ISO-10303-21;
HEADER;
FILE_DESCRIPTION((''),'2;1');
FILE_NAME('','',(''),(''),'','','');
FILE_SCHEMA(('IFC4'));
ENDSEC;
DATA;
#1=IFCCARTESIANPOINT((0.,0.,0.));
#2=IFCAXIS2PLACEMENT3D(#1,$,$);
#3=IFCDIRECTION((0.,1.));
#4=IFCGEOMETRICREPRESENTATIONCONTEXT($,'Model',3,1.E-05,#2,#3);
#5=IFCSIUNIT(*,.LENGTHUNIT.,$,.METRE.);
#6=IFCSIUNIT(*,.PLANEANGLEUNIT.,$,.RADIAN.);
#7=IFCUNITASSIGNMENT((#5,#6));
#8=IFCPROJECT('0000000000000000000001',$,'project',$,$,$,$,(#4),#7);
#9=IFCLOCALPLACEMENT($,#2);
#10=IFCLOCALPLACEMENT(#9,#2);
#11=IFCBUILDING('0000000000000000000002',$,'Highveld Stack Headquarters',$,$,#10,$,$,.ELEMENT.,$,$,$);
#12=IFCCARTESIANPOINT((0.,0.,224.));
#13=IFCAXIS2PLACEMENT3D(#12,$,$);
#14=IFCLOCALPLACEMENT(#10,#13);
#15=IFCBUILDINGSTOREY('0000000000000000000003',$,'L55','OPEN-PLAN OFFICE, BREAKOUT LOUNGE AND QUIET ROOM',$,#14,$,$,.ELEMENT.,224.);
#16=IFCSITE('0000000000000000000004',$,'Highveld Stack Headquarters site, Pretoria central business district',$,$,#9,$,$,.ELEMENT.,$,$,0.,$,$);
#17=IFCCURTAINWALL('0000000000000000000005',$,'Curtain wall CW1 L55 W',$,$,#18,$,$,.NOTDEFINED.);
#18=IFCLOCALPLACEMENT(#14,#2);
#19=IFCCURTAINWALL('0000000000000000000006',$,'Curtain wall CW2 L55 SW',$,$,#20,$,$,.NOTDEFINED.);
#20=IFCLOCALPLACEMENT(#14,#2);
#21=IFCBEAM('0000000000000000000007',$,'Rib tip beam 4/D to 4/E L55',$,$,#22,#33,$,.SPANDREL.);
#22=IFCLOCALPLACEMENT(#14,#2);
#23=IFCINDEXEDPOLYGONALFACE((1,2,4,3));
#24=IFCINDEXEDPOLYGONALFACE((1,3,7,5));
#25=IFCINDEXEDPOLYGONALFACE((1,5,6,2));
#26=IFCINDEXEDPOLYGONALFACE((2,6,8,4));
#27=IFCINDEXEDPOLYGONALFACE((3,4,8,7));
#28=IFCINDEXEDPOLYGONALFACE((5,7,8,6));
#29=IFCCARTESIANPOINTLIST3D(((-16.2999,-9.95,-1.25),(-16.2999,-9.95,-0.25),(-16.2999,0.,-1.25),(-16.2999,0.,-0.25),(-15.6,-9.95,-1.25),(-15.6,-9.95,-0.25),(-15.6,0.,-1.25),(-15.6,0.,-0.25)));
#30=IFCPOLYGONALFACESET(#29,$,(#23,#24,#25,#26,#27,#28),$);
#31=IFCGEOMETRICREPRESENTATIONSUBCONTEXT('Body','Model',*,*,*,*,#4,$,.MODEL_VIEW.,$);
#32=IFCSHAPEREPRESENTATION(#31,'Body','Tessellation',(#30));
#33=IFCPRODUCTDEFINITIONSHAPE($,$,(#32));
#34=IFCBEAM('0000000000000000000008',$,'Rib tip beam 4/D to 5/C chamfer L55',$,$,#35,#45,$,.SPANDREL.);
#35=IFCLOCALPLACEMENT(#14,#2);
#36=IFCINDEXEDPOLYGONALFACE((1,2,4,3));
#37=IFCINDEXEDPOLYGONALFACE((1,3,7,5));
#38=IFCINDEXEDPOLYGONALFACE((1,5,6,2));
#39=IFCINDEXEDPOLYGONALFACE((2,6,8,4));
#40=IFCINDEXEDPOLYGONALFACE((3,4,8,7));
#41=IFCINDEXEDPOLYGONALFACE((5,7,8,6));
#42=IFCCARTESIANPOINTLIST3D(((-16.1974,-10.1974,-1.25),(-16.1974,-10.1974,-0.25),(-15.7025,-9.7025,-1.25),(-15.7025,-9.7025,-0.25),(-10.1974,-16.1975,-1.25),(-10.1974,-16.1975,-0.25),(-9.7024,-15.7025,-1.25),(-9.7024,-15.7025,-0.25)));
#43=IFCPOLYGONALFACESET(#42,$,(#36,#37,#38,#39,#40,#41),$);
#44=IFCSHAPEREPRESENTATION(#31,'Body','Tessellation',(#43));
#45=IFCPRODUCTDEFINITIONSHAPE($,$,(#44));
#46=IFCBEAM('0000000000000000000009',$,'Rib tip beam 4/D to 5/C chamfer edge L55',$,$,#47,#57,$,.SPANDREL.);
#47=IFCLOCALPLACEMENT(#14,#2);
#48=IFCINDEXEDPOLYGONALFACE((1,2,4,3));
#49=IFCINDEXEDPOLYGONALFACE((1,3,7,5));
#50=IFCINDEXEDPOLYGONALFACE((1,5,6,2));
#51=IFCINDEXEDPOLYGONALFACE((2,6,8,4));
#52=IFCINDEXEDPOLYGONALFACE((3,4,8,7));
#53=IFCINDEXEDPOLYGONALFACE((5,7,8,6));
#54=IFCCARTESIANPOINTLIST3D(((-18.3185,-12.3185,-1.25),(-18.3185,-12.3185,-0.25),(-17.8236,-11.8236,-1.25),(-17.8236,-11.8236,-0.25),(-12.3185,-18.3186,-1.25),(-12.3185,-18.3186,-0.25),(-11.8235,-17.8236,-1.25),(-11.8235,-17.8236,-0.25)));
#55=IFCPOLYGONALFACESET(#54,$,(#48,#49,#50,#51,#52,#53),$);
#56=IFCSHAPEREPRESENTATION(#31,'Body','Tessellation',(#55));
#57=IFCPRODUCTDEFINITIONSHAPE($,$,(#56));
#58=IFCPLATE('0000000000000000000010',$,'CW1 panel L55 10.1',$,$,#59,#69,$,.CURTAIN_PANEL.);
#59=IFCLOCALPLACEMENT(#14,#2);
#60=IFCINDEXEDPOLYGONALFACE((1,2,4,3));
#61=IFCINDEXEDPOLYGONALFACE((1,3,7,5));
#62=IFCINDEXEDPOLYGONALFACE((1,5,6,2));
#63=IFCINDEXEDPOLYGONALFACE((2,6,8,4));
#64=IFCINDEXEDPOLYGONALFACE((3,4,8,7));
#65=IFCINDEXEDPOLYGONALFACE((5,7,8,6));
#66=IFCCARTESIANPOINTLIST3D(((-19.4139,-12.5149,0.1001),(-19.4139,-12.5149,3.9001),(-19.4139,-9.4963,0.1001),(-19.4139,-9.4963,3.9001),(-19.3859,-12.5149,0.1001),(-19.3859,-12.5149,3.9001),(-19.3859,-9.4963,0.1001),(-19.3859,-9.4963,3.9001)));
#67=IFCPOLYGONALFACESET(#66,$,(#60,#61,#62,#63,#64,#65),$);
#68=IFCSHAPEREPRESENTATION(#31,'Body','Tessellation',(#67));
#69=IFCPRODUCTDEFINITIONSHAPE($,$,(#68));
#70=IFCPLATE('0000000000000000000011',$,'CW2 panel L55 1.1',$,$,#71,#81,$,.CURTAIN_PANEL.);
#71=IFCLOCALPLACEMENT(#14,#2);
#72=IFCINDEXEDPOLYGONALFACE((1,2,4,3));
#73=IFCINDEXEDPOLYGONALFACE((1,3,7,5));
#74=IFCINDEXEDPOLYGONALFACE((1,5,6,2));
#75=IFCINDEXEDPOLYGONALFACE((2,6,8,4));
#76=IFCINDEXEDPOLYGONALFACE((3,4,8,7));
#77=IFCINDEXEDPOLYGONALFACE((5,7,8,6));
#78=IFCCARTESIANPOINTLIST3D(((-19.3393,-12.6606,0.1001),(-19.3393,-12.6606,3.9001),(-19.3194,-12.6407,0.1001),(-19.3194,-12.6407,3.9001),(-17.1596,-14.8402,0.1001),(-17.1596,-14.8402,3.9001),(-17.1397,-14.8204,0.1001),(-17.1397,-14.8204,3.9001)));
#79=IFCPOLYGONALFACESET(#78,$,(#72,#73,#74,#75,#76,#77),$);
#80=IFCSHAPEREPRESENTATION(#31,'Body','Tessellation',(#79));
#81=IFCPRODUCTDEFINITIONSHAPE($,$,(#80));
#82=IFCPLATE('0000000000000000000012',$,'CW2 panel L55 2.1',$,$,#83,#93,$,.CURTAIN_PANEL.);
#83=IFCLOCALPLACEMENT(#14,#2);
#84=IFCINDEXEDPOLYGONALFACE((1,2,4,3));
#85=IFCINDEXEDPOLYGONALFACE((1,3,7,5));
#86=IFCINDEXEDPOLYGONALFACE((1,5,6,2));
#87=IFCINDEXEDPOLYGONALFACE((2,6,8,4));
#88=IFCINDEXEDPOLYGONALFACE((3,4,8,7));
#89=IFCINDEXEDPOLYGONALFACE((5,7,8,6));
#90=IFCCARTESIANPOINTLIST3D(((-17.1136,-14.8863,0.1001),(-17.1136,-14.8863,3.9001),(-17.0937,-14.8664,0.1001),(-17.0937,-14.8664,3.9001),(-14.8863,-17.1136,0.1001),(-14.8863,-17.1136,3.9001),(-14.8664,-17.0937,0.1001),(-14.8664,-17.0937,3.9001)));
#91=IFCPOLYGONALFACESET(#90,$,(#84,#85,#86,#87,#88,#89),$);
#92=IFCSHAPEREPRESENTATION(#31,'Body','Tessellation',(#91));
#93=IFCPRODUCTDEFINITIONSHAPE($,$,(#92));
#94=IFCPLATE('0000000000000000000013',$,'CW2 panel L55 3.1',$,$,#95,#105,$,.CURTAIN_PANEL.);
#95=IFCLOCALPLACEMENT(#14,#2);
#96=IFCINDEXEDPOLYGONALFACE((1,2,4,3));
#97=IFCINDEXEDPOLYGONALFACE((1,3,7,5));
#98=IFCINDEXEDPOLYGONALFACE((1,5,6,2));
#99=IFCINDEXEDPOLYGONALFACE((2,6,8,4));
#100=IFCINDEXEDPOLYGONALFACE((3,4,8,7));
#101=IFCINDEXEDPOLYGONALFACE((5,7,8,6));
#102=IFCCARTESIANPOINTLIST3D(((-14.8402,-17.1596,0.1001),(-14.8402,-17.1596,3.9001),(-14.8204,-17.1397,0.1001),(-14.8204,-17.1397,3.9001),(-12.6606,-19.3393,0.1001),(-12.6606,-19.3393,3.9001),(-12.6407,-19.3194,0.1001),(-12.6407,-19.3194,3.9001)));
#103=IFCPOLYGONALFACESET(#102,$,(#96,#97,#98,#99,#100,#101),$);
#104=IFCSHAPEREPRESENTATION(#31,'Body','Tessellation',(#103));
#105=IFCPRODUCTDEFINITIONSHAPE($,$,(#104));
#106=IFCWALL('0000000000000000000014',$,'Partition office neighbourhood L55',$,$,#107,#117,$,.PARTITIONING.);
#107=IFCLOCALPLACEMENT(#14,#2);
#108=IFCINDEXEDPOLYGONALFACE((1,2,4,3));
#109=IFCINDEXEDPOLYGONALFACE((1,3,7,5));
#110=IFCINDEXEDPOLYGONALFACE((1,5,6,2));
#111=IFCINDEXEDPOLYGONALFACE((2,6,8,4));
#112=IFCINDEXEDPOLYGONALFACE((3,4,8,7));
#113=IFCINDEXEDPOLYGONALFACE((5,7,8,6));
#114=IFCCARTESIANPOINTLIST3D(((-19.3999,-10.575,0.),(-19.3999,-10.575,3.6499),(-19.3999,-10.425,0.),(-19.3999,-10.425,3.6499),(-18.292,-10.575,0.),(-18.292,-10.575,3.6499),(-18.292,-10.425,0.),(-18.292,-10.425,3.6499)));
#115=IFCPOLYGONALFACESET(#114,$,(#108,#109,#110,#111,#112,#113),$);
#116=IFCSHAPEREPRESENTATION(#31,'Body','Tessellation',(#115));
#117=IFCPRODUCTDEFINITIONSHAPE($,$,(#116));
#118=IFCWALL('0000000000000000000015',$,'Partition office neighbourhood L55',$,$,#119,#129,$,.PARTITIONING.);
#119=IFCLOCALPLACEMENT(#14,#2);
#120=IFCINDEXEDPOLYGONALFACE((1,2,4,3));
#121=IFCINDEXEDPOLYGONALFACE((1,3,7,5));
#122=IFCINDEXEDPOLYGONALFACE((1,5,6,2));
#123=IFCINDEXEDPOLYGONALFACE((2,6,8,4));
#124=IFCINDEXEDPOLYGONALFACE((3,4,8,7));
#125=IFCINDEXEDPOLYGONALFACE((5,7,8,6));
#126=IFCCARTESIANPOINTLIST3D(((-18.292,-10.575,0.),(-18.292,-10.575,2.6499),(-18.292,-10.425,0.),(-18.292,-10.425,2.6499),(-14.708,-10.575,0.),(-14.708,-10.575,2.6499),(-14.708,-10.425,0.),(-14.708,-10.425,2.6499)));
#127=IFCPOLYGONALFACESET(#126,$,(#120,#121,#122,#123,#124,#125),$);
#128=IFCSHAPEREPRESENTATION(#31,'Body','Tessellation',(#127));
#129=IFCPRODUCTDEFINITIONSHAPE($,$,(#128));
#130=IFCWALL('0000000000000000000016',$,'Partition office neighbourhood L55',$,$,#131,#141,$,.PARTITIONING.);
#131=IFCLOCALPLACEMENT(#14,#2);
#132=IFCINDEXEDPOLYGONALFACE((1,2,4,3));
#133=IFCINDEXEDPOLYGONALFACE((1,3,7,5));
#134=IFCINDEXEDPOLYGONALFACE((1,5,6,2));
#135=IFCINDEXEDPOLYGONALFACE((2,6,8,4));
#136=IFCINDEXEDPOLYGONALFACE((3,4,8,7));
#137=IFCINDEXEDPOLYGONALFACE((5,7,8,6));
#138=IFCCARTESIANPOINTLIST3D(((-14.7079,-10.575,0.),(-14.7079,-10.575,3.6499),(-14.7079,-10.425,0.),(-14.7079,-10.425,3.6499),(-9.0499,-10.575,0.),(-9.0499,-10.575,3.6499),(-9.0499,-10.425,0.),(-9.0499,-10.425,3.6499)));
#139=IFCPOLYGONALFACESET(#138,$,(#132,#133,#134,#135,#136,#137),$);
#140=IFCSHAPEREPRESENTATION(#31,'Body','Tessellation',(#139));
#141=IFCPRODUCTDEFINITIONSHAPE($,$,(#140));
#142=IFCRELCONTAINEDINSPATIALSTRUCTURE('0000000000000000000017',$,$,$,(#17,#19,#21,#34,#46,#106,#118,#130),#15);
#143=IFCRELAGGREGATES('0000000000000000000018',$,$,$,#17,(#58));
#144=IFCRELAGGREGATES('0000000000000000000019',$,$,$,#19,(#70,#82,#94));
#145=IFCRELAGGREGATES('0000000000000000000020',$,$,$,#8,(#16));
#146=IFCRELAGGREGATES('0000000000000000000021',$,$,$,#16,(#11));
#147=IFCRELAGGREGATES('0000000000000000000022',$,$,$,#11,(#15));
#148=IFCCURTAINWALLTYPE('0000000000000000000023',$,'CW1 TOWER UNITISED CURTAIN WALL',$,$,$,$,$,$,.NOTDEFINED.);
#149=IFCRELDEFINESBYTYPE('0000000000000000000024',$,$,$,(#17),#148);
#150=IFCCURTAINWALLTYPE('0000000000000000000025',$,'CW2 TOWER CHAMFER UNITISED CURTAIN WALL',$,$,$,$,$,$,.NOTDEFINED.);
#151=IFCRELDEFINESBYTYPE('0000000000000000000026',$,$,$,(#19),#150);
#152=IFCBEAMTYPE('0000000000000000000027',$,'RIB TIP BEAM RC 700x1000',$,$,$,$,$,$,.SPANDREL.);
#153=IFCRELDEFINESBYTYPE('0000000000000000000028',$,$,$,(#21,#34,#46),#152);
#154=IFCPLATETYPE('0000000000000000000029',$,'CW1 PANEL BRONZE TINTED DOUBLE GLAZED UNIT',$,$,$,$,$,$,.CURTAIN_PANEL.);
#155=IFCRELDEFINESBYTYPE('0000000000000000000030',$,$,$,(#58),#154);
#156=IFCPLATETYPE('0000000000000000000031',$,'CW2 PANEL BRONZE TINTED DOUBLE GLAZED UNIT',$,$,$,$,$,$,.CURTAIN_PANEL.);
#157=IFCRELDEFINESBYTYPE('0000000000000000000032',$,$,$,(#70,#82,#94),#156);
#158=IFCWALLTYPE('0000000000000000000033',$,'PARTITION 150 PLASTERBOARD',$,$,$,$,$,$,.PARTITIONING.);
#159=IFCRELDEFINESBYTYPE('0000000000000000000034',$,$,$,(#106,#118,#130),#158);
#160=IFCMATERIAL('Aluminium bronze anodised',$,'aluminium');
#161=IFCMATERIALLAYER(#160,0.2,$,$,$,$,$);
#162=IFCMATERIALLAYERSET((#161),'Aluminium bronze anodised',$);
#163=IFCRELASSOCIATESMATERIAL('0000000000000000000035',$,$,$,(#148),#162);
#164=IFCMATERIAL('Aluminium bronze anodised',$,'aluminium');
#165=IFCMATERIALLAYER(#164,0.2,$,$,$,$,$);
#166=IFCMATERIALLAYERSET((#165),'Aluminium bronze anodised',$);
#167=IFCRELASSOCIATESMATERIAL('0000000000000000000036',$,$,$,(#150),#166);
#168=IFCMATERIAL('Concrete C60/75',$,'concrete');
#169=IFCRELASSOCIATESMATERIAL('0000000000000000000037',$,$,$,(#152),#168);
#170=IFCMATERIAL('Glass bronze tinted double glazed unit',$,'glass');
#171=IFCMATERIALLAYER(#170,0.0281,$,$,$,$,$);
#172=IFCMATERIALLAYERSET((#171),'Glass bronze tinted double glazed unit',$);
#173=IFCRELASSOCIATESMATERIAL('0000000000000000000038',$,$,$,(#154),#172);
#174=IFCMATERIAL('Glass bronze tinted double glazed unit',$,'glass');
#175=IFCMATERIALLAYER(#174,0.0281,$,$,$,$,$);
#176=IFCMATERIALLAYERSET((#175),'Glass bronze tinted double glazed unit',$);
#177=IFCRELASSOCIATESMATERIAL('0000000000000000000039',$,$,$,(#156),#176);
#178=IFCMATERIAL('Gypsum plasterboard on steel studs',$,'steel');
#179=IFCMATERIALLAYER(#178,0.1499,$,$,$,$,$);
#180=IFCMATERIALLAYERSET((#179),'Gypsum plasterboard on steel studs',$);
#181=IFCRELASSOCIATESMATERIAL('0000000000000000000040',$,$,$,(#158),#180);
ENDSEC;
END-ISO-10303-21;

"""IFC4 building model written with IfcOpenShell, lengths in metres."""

from ifc_helpers import new_model, si_unit, direction, frame, frame_2d, origin, origin_2d, place, context, subcontext, project, spatial, rectangle, extrude, material, layer, layer_set, material_profile, profile_set, type_object, element, aggregate, save


model = new_model("IFC4")

# Units and contexts
model_context = context("Model", 3, precision=1e-05, world=origin(), true_north=direction((0.0, 1.0)))
body_context = subcontext(model_context, "Body", "Model", "MODEL_VIEW")
ifc_project = project(units=[si_unit("LENGTHUNIT", "METRE"), si_unit("PLANEANGLEUNIT", "RADIAN")], contexts=[model_context])

# Site, building, storey
site_placement = place(None, origin())
site = spatial("IfcSite", under=ifc_project, at=site_placement, Name="Highveld Stack Headquarters site, Pretoria central business district", CompositionType="ELEMENT", RefElevation=0.0)
building_placement = place(site_placement, origin())
building = spatial("IfcBuilding", under=site, at=building_placement, Name="Highveld Stack Headquarters", CompositionType="ELEMENT")
storey_placement = place(building_placement, frame((0.0, 0.0, 224.0)))
storey = spatial("IfcBuildingStorey", under=building, at=storey_placement, Name="L55", Description="OPEN-PLAN OFFICE, BREAKOUT LOUNGE AND QUIET ROOM", CompositionType="ELEMENT", Elevation=224.0)

# Curtain wall
ifc_material_1 = material(Name="Aluminium bronze anodised", Category="aluminium")
ifc_layer_1 = layer(ifc_material_1, 0.2)
ifc_layer_set_1 = layer_set([ifc_layer_1], Name="Aluminium bronze anodised")
curtain_wall_type_1 = type_object("IfcCurtainWallType", Name="CW1 TOWER UNITISED CURTAIN WALL", PredefinedType="NOTDEFINED", material=ifc_layer_set_1)
curtain_wall_1_placement = place(storey_placement, origin())
curtain_wall_1 = element("IfcCurtainWall", 1, at=curtain_wall_1_placement, inside=storey, type_object=curtain_wall_type_1, Name="Curtain wall CW1 L55 W", PredefinedType="NOTDEFINED")

# Curtain wall
ifc_material_2 = material(Name="Aluminium bronze anodised", Category="aluminium")
ifc_layer_2 = layer(ifc_material_2, 0.2)
ifc_layer_set_2 = layer_set([ifc_layer_2], Name="Aluminium bronze anodised")
curtain_wall_type_2 = type_object("IfcCurtainWallType", Name="CW2 TOWER CHAMFER UNITISED CURTAIN WALL", PredefinedType="NOTDEFINED", material=ifc_layer_set_2)
curtain_wall_2_placement = place(storey_placement, origin())
curtain_wall_2 = element("IfcCurtainWall", 2, at=curtain_wall_2_placement, inside=storey, type_object=curtain_wall_type_2, Name="Curtain wall CW2 L55 SW", PredefinedType="NOTDEFINED")

# Beams
ifc_material_3 = material(Name="Concrete C60/75", Category="concrete")
ifc_material_profile_1 = material_profile(ifc_material_3, rectangle(XDim=0.7, YDim=1.0, at=origin_2d()), Name="RC 700x1000")
ifc_profile_set_1 = profile_set([ifc_material_profile_1], Name="Concrete C60/75")
beam_type = type_object("IfcBeamType", Name="RIB TIP BEAM RC 700x1000", PredefinedType="SPANDREL", material=ifc_profile_set_1)
beam_placement = place(storey_placement, frame((-15.95, -9.95, -0.75), z_axis=(0.0, 1.0, 0.0), x_axis=(-1.0, 0.0, 0.0)))
element("IfcBeam", 3, at=beam_placement, inside=storey, type_object=beam_type, Name="Rib tip beam 4/D to 4/E L55", PredefinedType="SPANDREL", context=body_context, shape_type="SweptSolid", body=[
    extrude(rectangle(XDim=0.7, YDim=1.0, at=origin_2d()), origin(), (0.0, 0.0, 1.0), 9.95),
])
for number, where, z_axis, x_axis, name in (
    (4, (-15.95, -9.95, -0.75), (0.707107, -0.707107, 0.0), (0.707107, 0.707107, 0.0), "Rib tip beam 4/D to 5/C chamfer L55"),
    (5, (-18.071, -12.071, -0.75), (0.707107, -0.707107, 0.0), (0.707107, 0.707107, 0.0), "Rib tip beam 4/D to 5/C chamfer edge L55"),
):
    element("IfcBeam", number, at=place(storey_placement, frame(where, z_axis=z_axis, x_axis=x_axis)), inside=storey, type_object=beam_type, Name=name, PredefinedType="SPANDREL", context=body_context, shape_type="SweptSolid", body=[
        extrude(rectangle(XDim=0.7, YDim=1.0, at=origin_2d()), origin(), (0.0, 0.0, 1.0), 8.4854),
    ])

# Plates
ifc_material_4 = material(Name="Glass bronze tinted double glazed unit", Category="glass")
ifc_layer_3 = layer(ifc_material_4, 0.0281)
ifc_layer_set_3 = layer_set([ifc_layer_3], Name="Glass bronze tinted double glazed unit")
plate_type_1 = type_object("IfcPlateType", Name="CW1 PANEL BRONZE TINTED DOUBLE GLAZED UNIT", PredefinedType="CURTAIN_PANEL", material=ifc_layer_set_3)
plate_1_placement = place(storey_placement, frame((-19.3999, -11.0056, 0.1001), z_axis=(0.0, 0.0, 1.0), x_axis=(0.0, -1.0, 0.0)))
plate_1 = element("IfcPlate", 6, at=plate_1_placement, type_object=plate_type_1, Name="CW1 panel L55 10.1", PredefinedType="CURTAIN_PANEL", context=body_context, shape_type="SweptSolid", body=[
    extrude(rectangle(XDim=3.0186, YDim=0.0281, at=origin_2d()), origin(), (0.0, 0.0, 1.0), 3.8),
])
aggregate(curtain_wall_1, [plate_1])
ifc_material_5 = material(Name="Glass bronze tinted double glazed unit", Category="glass")
ifc_layer_4 = layer(ifc_material_5, 0.0281)
ifc_layer_set_4 = layer_set([ifc_layer_4], Name="Glass bronze tinted double glazed unit")
plate_type_2 = type_object("IfcPlateType", Name="CW2 PANEL BRONZE TINTED DOUBLE GLAZED UNIT", PredefinedType="CURTAIN_PANEL", material=ifc_layer_set_4)
plate_2_placement = place(storey_placement, frame((-18.2395, -13.7405, 0.1001), z_axis=(0.0, 0.0, 1.0), x_axis=(0.707107, -0.707107, 0.0)))
plate_2 = element("IfcPlate", 7, at=plate_2_placement, type_object=plate_type_2, Name="CW2 panel L55 1.1", PredefinedType="CURTAIN_PANEL", context=body_context, shape_type="SweptSolid", body=[
    extrude(rectangle(XDim=3.0825, YDim=0.0281, at=origin_2d()), origin(), (0.0, 0.0, 1.0), 3.8),
])
plate_3_placement = place(storey_placement, frame((-15.99, -15.99, 0.1001), z_axis=(0.0, 0.0, 1.0), x_axis=(0.707107, -0.707107, 0.0)))
plate_3 = element("IfcPlate", 8, at=plate_3_placement, type_object=plate_type_2, Name="CW2 panel L55 2.1", PredefinedType="CURTAIN_PANEL", context=body_context, shape_type="SweptSolid", body=[
    extrude(rectangle(XDim=3.1499, YDim=0.0281, at=origin_2d()), origin(), (0.0, 0.0, 1.0), 3.8),
])
plate_4_placement = place(storey_placement, frame((-13.7405, -18.2395, 0.1001), z_axis=(0.0, 0.0, 1.0), x_axis=(0.707107, -0.707107, 0.0)))
plate_4 = element("IfcPlate", 9, at=plate_4_placement, type_object=plate_type_2, Name="CW2 panel L55 3.1", PredefinedType="CURTAIN_PANEL", context=body_context, shape_type="SweptSolid", body=[
    extrude(rectangle(XDim=3.0825, YDim=0.0281, at=origin_2d()), origin(), (0.0, 0.0, 1.0), 3.8),
])
aggregate(curtain_wall_2, [plate_2, plate_3, plate_4])

# Walls
ifc_material_6 = material(Name="Gypsum plasterboard on steel studs", Category="steel")
ifc_layer_5 = layer(ifc_material_6, 0.1499)
ifc_layer_set_5 = layer_set([ifc_layer_5], Name="Gypsum plasterboard on steel studs")
wall_type = type_object("IfcWallType", Name="PARTITION 150 PLASTERBOARD", PredefinedType="PARTITIONING", material=ifc_layer_set_5)
wall_1_placement = place(storey_placement, frame((-19.3999, -10.5, 0.0), z_axis=(0.0, 0.0, 1.0), x_axis=(1.0, 0.0, 0.0)))
element("IfcWall", 10, at=wall_1_placement, inside=storey, type_object=wall_type, Name="Partition office neighbourhood L55", PredefinedType="PARTITIONING", context=body_context, shape_type="SweptSolid", body=[
    extrude(rectangle(XDim=1.1079, YDim=0.1499, at=frame_2d((0.554, 0.0))), origin(), (0.0, 0.0, 1.0), 3.6499),
])
wall_2_placement = place(storey_placement, frame((-18.292, -10.5, 0.0), z_axis=(0.0, 0.0, 1.0), x_axis=(1.0, 0.0, 0.0)))
element("IfcWall", 11, at=wall_2_placement, inside=storey, type_object=wall_type, Name="Partition office neighbourhood L55", PredefinedType="PARTITIONING", context=body_context, shape_type="SweptSolid", body=[
    extrude(rectangle(XDim=3.584, YDim=0.1499, at=frame_2d((1.792, 0.0))), origin(), (0.0, 0.0, 1.0), 2.6499),
])
wall_3_placement = place(storey_placement, frame((-14.708, -10.5, 0.0), z_axis=(0.0, 0.0, 1.0), x_axis=(1.0, 0.0, 0.0)))
element("IfcWall", 12, at=wall_3_placement, inside=storey, type_object=wall_type, Name="Partition office neighbourhood L55", PredefinedType="PARTITIONING", context=body_context, shape_type="SweptSolid", body=[
    extrude(rectangle(XDim=5.658, YDim=0.1499, at=frame_2d((2.8291, 0.0))), origin(), (0.0, 0.0, 1.0), 3.6499),
])

save(model, "model.ifc")
